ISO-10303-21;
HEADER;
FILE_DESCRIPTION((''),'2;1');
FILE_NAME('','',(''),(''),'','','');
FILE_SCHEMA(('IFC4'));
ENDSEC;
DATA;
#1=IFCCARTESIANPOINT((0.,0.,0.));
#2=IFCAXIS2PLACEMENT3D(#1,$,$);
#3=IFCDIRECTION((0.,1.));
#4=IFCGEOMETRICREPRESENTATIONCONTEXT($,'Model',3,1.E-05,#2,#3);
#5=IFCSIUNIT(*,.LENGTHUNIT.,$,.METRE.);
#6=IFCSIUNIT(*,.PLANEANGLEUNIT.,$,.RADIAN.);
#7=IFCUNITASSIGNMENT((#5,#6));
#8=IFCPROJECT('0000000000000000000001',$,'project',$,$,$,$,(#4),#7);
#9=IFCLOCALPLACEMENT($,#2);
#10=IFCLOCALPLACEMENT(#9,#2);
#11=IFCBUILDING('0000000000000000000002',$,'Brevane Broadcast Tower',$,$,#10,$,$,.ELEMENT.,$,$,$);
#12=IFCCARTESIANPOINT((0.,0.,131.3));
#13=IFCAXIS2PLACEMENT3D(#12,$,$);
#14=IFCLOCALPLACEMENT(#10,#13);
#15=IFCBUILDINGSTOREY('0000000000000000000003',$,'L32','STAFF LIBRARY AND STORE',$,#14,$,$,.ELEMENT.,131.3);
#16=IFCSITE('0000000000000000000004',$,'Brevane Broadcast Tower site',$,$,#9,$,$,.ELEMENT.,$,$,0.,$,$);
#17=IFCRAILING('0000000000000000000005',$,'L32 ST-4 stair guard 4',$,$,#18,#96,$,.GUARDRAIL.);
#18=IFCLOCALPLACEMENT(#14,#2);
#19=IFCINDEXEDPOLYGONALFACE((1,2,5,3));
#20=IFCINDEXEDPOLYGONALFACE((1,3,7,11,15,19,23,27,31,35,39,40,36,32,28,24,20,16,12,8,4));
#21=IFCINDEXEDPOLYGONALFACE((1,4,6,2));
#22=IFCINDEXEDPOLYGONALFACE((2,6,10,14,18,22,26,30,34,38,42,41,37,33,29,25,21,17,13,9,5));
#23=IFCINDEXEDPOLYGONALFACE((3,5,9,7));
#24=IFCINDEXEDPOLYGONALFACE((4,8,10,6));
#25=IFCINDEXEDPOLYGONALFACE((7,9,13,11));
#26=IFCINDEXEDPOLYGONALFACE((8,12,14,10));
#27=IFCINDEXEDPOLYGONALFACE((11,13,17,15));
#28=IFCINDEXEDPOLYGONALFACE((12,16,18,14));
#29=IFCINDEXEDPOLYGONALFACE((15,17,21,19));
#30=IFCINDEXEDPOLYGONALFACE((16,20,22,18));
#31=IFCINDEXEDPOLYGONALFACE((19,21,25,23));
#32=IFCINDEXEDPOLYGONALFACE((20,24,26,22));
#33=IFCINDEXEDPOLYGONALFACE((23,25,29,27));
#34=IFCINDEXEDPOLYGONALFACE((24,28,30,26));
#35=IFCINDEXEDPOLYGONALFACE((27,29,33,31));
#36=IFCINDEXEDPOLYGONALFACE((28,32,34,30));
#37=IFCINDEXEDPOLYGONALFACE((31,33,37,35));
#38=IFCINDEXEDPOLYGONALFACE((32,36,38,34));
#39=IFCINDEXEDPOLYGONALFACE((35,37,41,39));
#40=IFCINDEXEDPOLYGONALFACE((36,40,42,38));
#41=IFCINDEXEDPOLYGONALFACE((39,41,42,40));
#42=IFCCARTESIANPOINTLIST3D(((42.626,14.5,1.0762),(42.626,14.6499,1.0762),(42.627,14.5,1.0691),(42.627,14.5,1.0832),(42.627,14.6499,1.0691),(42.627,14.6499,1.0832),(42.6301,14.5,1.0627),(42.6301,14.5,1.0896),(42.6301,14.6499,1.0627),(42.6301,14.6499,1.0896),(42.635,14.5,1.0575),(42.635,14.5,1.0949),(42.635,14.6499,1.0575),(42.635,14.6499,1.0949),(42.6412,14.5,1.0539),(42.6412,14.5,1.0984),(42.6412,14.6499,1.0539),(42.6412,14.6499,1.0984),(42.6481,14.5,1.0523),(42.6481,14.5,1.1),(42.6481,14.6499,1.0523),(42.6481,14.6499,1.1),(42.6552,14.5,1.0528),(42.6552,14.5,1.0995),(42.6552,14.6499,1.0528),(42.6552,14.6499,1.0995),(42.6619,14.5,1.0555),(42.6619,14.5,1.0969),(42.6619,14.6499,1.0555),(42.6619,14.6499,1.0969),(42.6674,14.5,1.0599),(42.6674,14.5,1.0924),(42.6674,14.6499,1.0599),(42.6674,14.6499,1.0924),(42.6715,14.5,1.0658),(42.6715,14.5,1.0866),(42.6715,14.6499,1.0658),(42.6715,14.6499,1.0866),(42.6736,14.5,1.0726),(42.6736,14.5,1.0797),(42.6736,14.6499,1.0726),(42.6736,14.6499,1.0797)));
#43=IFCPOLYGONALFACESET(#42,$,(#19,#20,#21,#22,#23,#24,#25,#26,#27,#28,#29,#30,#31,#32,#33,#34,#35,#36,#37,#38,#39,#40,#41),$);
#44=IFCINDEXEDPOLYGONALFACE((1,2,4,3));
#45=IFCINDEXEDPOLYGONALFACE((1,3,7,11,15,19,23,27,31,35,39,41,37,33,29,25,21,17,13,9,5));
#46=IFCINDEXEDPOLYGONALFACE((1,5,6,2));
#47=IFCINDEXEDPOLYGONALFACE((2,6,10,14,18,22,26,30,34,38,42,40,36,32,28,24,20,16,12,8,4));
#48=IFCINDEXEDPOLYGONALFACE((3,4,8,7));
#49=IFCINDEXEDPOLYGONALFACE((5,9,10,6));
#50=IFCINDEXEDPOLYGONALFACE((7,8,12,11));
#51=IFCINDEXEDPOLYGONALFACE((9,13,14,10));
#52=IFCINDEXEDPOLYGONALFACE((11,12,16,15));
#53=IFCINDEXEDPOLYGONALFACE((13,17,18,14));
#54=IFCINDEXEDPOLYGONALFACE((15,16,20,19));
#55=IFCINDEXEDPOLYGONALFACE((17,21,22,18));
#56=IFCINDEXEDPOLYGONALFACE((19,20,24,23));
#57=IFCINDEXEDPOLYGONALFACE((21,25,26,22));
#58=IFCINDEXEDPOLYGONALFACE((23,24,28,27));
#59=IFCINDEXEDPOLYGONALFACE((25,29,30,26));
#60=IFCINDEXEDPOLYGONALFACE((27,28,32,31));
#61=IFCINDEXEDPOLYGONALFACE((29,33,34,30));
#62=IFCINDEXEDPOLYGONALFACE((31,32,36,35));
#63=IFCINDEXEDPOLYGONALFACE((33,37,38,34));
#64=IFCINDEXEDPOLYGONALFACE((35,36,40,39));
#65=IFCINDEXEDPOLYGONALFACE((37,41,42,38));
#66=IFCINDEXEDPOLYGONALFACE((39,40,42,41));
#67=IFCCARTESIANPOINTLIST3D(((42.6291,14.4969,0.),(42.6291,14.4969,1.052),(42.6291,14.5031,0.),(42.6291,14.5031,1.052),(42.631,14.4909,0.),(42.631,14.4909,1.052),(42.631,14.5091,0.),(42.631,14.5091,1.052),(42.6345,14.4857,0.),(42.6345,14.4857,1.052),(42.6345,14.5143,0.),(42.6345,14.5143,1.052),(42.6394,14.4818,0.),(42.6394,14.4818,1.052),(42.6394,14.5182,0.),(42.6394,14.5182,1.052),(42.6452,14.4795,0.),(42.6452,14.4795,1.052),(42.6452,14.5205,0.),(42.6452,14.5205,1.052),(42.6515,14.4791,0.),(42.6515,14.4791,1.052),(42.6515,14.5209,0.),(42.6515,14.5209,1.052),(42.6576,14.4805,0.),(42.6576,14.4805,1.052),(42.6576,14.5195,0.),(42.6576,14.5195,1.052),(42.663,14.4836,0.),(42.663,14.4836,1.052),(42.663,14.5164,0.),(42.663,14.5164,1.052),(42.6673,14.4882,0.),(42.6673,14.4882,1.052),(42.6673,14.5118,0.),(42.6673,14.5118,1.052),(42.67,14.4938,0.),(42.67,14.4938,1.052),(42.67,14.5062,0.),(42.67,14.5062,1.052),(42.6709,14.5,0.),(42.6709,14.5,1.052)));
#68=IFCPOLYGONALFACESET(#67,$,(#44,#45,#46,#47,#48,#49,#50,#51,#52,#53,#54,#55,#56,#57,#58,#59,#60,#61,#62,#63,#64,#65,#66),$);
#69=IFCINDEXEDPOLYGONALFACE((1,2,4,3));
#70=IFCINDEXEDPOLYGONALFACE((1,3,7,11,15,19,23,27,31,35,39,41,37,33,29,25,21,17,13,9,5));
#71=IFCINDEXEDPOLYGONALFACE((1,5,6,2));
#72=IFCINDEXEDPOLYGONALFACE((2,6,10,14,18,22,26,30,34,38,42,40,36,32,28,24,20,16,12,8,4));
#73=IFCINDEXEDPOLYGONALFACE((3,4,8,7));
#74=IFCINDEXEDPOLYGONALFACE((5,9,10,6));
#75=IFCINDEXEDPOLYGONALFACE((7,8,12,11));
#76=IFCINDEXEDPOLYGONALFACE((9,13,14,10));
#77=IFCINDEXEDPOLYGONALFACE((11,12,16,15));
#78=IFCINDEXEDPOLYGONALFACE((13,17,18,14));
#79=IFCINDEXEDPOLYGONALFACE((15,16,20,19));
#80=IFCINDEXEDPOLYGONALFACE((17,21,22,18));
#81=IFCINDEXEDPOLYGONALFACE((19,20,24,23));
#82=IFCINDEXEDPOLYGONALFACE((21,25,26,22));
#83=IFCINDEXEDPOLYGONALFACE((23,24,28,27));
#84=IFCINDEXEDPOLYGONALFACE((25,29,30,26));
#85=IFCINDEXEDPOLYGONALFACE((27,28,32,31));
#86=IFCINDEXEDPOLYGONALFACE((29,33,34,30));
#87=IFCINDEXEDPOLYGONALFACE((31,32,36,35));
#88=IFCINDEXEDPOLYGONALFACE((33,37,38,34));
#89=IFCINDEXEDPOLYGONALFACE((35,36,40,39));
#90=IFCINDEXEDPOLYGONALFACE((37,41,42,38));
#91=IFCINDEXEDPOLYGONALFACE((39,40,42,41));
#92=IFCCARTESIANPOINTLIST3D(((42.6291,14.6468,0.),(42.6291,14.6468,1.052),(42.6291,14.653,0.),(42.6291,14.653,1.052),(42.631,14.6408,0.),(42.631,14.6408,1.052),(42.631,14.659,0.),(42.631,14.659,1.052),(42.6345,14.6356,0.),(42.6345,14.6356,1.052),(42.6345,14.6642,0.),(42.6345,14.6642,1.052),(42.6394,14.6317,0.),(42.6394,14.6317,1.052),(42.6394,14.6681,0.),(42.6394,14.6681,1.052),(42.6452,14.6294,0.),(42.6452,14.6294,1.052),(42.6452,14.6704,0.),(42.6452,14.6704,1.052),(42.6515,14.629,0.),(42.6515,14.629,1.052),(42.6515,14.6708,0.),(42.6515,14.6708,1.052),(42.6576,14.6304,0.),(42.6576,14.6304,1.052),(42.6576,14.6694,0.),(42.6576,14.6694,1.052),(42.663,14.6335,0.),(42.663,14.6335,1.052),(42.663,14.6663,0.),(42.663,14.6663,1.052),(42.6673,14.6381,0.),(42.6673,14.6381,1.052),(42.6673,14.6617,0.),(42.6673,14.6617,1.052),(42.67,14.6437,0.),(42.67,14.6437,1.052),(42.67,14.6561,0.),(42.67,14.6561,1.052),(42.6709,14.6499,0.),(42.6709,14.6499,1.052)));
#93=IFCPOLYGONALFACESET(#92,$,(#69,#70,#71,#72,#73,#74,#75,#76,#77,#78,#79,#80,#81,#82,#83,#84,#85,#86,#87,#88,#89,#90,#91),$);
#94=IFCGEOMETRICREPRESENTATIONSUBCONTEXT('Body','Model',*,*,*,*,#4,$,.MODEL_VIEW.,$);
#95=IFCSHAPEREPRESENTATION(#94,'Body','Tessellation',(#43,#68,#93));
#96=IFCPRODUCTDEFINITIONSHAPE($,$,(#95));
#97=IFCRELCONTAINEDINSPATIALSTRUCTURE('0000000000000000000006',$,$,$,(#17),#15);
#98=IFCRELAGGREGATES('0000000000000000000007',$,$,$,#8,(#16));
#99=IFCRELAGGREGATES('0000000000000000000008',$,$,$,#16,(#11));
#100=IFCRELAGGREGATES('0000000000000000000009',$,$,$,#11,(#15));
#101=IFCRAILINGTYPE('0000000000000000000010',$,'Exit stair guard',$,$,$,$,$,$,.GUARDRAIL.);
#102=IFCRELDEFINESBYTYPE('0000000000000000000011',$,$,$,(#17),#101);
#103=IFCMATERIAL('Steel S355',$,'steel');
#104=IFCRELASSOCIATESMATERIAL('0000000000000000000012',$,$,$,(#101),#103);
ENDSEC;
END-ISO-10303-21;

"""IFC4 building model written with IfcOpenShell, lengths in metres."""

from ifc_helpers import new_model, si_unit, direction, frame, origin, origin_2d, place, context, subcontext, project, spatial, circle, extrude, material, type_object, element, save


model = new_model("IFC4")

# Units and contexts
model_context = context("Model", 3, precision=1e-05, world=origin(), true_north=direction((0.0, 1.0)))
body_context = subcontext(model_context, "Body", "Model", "MODEL_VIEW")
ifc_project = project(units=[si_unit("LENGTHUNIT", "METRE"), si_unit("PLANEANGLEUNIT", "RADIAN")], contexts=[model_context])

# Site, building, storey
site_placement = place(None, origin())
site = spatial("IfcSite", under=ifc_project, at=site_placement, Name="Brevane Broadcast Tower site", CompositionType="ELEMENT", RefElevation=0.0)
building_placement = place(site_placement, origin())
building = spatial("IfcBuilding", under=site, at=building_placement, Name="Brevane Broadcast Tower", CompositionType="ELEMENT")
storey_placement = place(building_placement, frame((0.0, 0.0, 131.3)))
storey = spatial("IfcBuildingStorey", under=building, at=storey_placement, Name="L32", Description="STAFF LIBRARY AND STORE", CompositionType="ELEMENT", Elevation=131.3)

# Railing
ifc_material_1 = material(Name="Steel S355", Category="steel")
railing_type_1 = type_object("IfcRailingType", Name="Exit stair guard", PredefinedType="GUARDRAIL", material=ifc_material_1)
railing_1_placement = place(storey_placement, frame((42.6499, 14.5, 0.0)))
element("IfcRailing", 1, at=railing_1_placement, inside=storey, type_object=railing_type_1, Name="L32 ST-4 stair guard 4", PredefinedType="GUARDRAIL", context=body_context, shape_type="SweptSolid", body=[
    extrude(circle(Radius=0.0239, at=origin_2d()), frame((0.0, 0.0, 1.0762), z_axis=(0.0, 1.0, 0.0), x_axis=(-1.0, 0.0, 0.0)), (0.0, 0.0, 1.0), 0.1499),
    extrude(circle(Radius=0.021, at=origin_2d()), origin(), (0.0, 0.0, 1.0), 1.052),
    extrude(circle(Radius=0.021, at=origin_2d()), frame((0.0, 0.1499, 0.0)), (0.0, 0.0, 1.0), 1.052),
])

save(model, "model.ifc")
